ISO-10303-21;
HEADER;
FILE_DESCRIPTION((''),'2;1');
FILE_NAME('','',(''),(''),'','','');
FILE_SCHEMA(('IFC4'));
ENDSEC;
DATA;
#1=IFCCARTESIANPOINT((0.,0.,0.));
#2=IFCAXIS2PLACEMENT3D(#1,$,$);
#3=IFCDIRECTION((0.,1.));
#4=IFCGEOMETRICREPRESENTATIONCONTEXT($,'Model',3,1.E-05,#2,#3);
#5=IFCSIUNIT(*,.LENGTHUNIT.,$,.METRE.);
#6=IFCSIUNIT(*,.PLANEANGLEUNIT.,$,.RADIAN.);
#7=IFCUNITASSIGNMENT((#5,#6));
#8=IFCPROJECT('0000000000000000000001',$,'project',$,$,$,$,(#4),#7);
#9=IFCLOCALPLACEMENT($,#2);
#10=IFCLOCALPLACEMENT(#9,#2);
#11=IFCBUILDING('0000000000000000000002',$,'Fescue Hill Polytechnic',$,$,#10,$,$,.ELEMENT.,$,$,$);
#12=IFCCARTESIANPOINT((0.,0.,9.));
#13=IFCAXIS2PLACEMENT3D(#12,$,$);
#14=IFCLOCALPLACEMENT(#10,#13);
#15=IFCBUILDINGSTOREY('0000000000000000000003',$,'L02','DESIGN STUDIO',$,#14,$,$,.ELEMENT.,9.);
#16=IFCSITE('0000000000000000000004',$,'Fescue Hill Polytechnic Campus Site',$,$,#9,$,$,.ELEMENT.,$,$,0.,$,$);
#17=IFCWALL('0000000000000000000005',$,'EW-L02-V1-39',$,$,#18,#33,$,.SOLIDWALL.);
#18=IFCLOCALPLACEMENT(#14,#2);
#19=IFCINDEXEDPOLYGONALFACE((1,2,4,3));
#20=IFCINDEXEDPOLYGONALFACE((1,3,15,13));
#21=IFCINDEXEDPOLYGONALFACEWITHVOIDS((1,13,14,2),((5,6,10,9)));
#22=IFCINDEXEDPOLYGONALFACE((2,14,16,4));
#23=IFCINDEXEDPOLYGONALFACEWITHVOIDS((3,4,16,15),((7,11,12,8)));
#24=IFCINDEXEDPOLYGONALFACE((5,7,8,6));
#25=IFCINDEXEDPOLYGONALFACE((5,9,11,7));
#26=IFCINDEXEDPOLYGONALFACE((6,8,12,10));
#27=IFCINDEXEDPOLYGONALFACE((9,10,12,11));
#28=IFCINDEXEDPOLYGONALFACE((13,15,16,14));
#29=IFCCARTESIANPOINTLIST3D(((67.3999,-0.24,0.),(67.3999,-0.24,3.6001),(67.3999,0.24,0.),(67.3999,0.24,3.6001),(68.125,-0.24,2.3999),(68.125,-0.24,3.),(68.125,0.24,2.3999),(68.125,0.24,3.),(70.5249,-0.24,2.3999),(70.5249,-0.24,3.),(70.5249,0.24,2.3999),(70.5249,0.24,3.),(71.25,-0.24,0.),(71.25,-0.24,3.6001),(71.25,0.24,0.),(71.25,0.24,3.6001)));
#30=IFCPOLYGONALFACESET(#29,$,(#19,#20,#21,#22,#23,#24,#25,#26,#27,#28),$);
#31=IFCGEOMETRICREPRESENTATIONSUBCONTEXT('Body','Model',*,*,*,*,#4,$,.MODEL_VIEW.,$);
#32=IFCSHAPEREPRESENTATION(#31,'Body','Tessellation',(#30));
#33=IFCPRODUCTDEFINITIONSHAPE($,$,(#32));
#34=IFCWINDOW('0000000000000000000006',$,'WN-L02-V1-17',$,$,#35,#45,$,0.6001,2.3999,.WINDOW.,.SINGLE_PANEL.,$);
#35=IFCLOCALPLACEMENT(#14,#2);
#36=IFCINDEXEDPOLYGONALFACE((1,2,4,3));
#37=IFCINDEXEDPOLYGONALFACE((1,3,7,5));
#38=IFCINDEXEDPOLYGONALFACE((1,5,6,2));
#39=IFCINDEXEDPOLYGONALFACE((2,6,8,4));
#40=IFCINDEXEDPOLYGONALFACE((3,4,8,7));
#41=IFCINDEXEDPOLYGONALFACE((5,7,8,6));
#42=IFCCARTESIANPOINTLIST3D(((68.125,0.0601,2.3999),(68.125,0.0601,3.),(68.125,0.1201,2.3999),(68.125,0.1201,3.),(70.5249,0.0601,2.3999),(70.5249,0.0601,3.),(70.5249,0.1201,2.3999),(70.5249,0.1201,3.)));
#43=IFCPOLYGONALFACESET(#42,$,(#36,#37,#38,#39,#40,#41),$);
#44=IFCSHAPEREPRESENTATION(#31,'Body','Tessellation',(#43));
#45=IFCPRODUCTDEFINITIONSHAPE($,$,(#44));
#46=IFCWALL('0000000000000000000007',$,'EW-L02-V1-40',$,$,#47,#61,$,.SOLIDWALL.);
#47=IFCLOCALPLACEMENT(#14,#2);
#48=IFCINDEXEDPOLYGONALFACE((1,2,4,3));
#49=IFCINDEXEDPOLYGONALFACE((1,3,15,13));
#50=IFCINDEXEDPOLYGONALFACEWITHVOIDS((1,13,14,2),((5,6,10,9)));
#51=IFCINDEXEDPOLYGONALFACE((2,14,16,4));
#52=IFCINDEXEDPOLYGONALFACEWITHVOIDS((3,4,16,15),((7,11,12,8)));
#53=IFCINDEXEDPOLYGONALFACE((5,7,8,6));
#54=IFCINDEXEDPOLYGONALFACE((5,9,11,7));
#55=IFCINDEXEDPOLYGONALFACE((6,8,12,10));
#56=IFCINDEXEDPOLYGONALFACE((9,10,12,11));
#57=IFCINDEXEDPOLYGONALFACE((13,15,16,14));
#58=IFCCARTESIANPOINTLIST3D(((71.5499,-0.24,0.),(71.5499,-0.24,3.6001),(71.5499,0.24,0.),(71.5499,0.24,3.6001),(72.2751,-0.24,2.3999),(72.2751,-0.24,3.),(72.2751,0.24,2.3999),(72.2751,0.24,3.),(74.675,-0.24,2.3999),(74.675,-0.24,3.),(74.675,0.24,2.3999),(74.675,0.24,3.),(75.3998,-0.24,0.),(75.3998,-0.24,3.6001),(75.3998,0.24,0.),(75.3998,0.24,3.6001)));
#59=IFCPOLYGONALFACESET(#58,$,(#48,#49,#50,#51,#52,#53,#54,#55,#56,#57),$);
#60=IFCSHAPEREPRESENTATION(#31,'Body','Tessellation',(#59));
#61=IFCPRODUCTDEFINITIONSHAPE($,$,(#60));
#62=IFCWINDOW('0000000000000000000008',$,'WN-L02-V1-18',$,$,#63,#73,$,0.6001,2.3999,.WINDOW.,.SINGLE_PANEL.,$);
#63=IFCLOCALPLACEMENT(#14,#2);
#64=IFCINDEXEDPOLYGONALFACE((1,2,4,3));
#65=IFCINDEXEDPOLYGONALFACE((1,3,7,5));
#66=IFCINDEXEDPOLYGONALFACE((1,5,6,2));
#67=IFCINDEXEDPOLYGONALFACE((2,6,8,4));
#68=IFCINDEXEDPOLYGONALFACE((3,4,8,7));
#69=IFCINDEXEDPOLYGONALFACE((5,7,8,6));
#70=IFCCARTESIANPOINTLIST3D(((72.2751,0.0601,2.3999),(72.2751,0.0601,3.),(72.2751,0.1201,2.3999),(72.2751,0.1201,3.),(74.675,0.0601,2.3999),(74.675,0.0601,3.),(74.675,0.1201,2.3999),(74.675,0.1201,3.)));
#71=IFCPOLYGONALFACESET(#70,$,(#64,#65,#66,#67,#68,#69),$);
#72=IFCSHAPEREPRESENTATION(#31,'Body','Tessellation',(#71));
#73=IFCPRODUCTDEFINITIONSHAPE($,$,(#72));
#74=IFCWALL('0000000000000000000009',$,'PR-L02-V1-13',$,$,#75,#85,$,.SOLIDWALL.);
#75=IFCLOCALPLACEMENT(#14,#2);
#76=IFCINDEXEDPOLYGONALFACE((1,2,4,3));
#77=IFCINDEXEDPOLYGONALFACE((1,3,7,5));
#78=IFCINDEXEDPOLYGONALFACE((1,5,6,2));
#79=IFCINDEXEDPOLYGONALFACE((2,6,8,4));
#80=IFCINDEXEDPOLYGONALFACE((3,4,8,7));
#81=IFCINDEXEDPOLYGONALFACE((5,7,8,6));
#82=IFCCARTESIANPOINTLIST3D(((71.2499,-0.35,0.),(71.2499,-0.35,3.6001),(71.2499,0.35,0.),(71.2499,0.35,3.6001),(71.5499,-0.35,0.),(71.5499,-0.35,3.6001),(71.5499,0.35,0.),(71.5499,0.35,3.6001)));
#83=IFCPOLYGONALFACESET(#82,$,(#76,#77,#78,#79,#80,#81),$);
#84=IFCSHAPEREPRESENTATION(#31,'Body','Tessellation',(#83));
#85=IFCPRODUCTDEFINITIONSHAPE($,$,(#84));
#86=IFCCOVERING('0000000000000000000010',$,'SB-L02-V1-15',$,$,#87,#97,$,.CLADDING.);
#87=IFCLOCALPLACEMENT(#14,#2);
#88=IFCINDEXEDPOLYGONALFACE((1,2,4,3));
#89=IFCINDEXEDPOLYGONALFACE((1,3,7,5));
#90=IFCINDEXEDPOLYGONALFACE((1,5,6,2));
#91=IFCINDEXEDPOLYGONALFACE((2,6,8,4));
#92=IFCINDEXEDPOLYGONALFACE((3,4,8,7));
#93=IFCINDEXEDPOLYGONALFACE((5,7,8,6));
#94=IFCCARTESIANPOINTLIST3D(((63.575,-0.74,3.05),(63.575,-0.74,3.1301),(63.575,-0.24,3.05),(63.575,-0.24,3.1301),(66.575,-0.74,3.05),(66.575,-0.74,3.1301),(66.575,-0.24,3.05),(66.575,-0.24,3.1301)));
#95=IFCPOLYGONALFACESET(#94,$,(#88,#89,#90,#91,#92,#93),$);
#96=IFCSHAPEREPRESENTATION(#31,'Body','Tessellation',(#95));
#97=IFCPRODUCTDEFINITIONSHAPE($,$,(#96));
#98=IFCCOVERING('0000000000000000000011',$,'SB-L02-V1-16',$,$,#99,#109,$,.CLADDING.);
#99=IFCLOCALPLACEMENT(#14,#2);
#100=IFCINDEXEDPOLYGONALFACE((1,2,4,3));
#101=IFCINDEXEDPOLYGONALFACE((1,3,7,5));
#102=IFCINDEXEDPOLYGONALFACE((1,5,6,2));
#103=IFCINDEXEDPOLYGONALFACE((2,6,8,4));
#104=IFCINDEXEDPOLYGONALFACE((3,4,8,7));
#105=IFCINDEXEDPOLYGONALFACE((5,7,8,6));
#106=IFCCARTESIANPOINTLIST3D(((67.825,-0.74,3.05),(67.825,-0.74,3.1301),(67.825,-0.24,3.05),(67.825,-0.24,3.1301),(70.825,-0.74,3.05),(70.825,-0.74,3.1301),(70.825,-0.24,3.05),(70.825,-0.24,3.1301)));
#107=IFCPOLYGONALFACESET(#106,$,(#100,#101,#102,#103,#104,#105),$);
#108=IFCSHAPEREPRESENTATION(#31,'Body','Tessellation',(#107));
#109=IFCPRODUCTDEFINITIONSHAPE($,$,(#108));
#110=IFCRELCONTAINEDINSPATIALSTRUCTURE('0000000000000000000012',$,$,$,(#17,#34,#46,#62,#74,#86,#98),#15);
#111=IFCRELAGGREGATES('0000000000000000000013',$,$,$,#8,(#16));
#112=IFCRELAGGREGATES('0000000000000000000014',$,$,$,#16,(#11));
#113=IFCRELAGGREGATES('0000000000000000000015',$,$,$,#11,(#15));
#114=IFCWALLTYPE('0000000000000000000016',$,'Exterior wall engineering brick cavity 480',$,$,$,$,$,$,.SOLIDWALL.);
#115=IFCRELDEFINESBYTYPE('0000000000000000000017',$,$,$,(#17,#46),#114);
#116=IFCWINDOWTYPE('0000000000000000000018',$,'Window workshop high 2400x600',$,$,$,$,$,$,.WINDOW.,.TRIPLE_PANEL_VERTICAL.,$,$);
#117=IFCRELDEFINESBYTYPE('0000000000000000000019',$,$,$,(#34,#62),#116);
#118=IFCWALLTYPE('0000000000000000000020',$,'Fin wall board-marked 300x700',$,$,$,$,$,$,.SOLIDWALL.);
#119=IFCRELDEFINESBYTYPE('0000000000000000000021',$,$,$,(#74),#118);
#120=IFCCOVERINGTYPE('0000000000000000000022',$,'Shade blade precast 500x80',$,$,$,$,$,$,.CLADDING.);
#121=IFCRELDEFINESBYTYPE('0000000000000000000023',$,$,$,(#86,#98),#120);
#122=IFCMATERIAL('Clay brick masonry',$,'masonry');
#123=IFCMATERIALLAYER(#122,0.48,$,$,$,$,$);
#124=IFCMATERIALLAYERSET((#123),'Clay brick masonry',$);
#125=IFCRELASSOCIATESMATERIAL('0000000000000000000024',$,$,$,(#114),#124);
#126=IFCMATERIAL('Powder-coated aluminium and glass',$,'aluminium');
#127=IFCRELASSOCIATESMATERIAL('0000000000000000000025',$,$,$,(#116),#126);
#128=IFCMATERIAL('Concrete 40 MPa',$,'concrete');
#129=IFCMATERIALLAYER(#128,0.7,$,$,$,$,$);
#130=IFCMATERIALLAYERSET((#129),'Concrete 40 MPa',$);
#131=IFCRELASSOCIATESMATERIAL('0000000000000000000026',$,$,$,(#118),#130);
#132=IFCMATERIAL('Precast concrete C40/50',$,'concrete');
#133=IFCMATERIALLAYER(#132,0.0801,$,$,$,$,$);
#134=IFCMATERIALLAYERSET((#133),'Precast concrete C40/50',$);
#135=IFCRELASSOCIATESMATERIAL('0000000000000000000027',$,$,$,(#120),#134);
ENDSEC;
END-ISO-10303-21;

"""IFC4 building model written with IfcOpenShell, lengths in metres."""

from ifc_helpers import new_model, si_unit, direction, frame, frame_2d, origin, origin_2d, place, context, subcontext, project, spatial, rectangle, extrude, material, layer, layer_set, type_object, element, fill, save


model = new_model("IFC4")

# Units and contexts
model_context = context("Model", 3, precision=1e-05, world=origin(), true_north=direction((0.0, 1.0)))
body_context = subcontext(model_context, "Body", "Model", "MODEL_VIEW")
ifc_project = project(units=[si_unit("LENGTHUNIT", "METRE"), si_unit("PLANEANGLEUNIT", "RADIAN")], contexts=[model_context])

# Site, building, storey
site_placement = place(None, origin())
site = spatial("IfcSite", under=ifc_project, at=site_placement, Name="Fescue Hill Polytechnic Campus Site", CompositionType="ELEMENT", RefElevation=0.0)
building_placement = place(site_placement, origin())
building = spatial("IfcBuilding", under=site, at=building_placement, Name="Fescue Hill Polytechnic", CompositionType="ELEMENT")
storey_placement = place(building_placement, frame((0.0, 0.0, 9.0)))
storey = spatial("IfcBuildingStorey", under=building, at=storey_placement, Name="L02", Description="DESIGN STUDIO", CompositionType="ELEMENT", Elevation=9.0)

# Shared definitions
ifc_material_1 = material(Name="Concrete 40 MPa", Category="concrete")

# Walls, openings, windows
ifc_material_2 = material(Name="Clay brick masonry", Category="masonry")
ifc_layer_1 = layer(ifc_material_2, 0.48)
ifc_layer_set_1 = layer_set([ifc_layer_1], Name="Clay brick masonry")
wall_type_1 = type_object("IfcWallType", Name="Exterior wall engineering brick cavity 480", PredefinedType="SOLIDWALL", material=ifc_layer_set_1)
wall_1_placement = place(storey_placement, frame((67.3999, 0.0, 0.0), z_axis=(0.0, 0.0, 1.0), x_axis=(1.0, 0.0, 0.0)))
wall_1 = element("IfcWall", 1, at=wall_1_placement, inside=storey, type_object=wall_type_1, Name="EW-L02-V1-39", PredefinedType="SOLIDWALL", context=body_context, shape_type="SweptSolid", body=[
    extrude(rectangle(XDim=3.8501, YDim=0.48, at=frame_2d((1.925, 0.0))), origin(), (0.0, 0.0, 1.0), 3.6001),
])
opening_1_placement = place(wall_1_placement, frame((0.7251, 0.0, 2.3999)))
opening_1 = element("IfcOpeningElement", 2, at=opening_1_placement, cuts=wall_1, PredefinedType="OPENING", context=body_context, shape_type="SweptSolid", body=[
    extrude(rectangle(XDim=2.3999, YDim=0.6001, at=frame_2d((1.2, 0.3))), frame((0.0, 0.25, 0.0), z_axis=(0.0, -1.0, 0.0), x_axis=(1.0, 0.0, 0.0)), (0.0, 0.0, 1.0), 0.5),
])
ifc_material_3 = material(Name="Powder-coated aluminium and glass", Category="aluminium")
window_type = type_object("IfcWindowType", Name="Window workshop high 2400x600", PartitioningType="TRIPLE_PANEL_VERTICAL", PredefinedType="WINDOW", material=ifc_material_3)
window_1_placement = place(opening_1_placement, origin())
window_1 = element("IfcWindow", 3, at=window_1_placement, inside=storey, type_object=window_type, Name="WN-L02-V1-17", OverallHeight=0.6001, OverallWidth=2.3999, PartitioningType="SINGLE_PANEL", PredefinedType="WINDOW", context=body_context, shape_type="SweptSolid", body=[
    extrude(rectangle(XDim=2.3999, YDim=0.6001, at=frame_2d((1.2, 0.3))), frame((0.0, 0.1201, 0.0), z_axis=(0.0, -1.0, 0.0), x_axis=(1.0, 0.0, 0.0)), (0.0, 0.0, 1.0), 0.0601),
])
fill(opening_1, window_1)
wall_2_placement = place(storey_placement, frame((71.55, 0.0, 0.0), z_axis=(0.0, 0.0, 1.0), x_axis=(1.0, 0.0, 0.0)))
wall_2 = element("IfcWall", 4, at=wall_2_placement, inside=storey, type_object=wall_type_1, Name="EW-L02-V1-40", PredefinedType="SOLIDWALL", context=body_context, shape_type="SweptSolid", body=[
    extrude(rectangle(XDim=3.8499, YDim=0.48, at=frame_2d((1.9248, 0.0))), origin(), (0.0, 0.0, 1.0), 3.6001),
])
opening_2_placement = place(wall_2_placement, frame((0.7251, 0.0, 2.3999)))
opening_2 = element("IfcOpeningElement", 5, at=opening_2_placement, cuts=wall_2, PredefinedType="OPENING", context=body_context, shape_type="SweptSolid", body=[
    extrude(rectangle(XDim=2.3999, YDim=0.6001, at=frame_2d((1.2, 0.3))), frame((0.0, 0.25, 0.0), z_axis=(0.0, -1.0, 0.0), x_axis=(1.0, 0.0, 0.0)), (0.0, 0.0, 1.0), 0.5),
])
window_2_placement = place(opening_2_placement, origin())
window_2 = element("IfcWindow", 6, at=window_2_placement, inside=storey, type_object=window_type, Name="WN-L02-V1-18", OverallHeight=0.6001, OverallWidth=2.3999, PartitioningType="SINGLE_PANEL", PredefinedType="WINDOW", context=body_context, shape_type="SweptSolid", body=[
    extrude(rectangle(XDim=2.3999, YDim=0.6001, at=frame_2d((1.2, 0.3))), frame((0.0, 0.1201, 0.0), z_axis=(0.0, -1.0, 0.0), x_axis=(1.0, 0.0, 0.0)), (0.0, 0.0, 1.0), 0.0601),
])
fill(opening_2, window_2)

# Wall
ifc_layer_2 = layer(ifc_material_1, 0.7)
ifc_layer_set_2 = layer_set([ifc_layer_2], Name="Concrete 40 MPa")
wall_type_2 = type_object("IfcWallType", Name="Fin wall board-marked 300x700", PredefinedType="SOLIDWALL", material=ifc_layer_set_2)
wall_3_placement = place(storey_placement, frame((71.25, 0.0, 0.0), z_axis=(0.0, 0.0, 1.0), x_axis=(1.0, 0.0, 0.0)))
element("IfcWall", 7, at=wall_3_placement, inside=storey, type_object=wall_type_2, Name="PR-L02-V1-13", PredefinedType="SOLIDWALL", context=body_context, shape_type="SweptSolid", body=[
    extrude(rectangle(XDim=0.3, YDim=0.7, at=frame_2d((0.1499, 0.0))), origin(), (0.0, 0.0, 1.0), 3.6001),
])

# Coverings
ifc_material_4 = material(Name="Precast concrete C40/50", Category="concrete")
ifc_layer_3 = layer(ifc_material_4, 0.0801)
ifc_layer_set_3 = layer_set([ifc_layer_3], Name="Precast concrete C40/50")
covering_type = type_object("IfcCoveringType", Name="Shade blade precast 500x80", PredefinedType="CLADDING", material=ifc_layer_set_3)
for number, where, z_axis, x_axis, name in (
    (8, (65.075, -0.49, 3.05), (0.0, 0.0, 1.0), (1.0, 0.0, 0.0), "SB-L02-V1-15"),
    (9, (69.325, -0.49, 3.05), (0.0, 0.0, 1.0), (1.0, 0.0, 0.0), "SB-L02-V1-16"),
):
    element("IfcCovering", number, at=place(storey_placement, frame(where, z_axis=z_axis, x_axis=x_axis)), inside=storey, type_object=covering_type, Name=name, PredefinedType="CLADDING", context=body_context, shape_type="SweptSolid", body=[
        extrude(rectangle(XDim=3.0, YDim=0.5, at=origin_2d()), origin(), (0.0, 0.0, 1.0), 0.0801),
    ])

save(model, "model.ifc")
